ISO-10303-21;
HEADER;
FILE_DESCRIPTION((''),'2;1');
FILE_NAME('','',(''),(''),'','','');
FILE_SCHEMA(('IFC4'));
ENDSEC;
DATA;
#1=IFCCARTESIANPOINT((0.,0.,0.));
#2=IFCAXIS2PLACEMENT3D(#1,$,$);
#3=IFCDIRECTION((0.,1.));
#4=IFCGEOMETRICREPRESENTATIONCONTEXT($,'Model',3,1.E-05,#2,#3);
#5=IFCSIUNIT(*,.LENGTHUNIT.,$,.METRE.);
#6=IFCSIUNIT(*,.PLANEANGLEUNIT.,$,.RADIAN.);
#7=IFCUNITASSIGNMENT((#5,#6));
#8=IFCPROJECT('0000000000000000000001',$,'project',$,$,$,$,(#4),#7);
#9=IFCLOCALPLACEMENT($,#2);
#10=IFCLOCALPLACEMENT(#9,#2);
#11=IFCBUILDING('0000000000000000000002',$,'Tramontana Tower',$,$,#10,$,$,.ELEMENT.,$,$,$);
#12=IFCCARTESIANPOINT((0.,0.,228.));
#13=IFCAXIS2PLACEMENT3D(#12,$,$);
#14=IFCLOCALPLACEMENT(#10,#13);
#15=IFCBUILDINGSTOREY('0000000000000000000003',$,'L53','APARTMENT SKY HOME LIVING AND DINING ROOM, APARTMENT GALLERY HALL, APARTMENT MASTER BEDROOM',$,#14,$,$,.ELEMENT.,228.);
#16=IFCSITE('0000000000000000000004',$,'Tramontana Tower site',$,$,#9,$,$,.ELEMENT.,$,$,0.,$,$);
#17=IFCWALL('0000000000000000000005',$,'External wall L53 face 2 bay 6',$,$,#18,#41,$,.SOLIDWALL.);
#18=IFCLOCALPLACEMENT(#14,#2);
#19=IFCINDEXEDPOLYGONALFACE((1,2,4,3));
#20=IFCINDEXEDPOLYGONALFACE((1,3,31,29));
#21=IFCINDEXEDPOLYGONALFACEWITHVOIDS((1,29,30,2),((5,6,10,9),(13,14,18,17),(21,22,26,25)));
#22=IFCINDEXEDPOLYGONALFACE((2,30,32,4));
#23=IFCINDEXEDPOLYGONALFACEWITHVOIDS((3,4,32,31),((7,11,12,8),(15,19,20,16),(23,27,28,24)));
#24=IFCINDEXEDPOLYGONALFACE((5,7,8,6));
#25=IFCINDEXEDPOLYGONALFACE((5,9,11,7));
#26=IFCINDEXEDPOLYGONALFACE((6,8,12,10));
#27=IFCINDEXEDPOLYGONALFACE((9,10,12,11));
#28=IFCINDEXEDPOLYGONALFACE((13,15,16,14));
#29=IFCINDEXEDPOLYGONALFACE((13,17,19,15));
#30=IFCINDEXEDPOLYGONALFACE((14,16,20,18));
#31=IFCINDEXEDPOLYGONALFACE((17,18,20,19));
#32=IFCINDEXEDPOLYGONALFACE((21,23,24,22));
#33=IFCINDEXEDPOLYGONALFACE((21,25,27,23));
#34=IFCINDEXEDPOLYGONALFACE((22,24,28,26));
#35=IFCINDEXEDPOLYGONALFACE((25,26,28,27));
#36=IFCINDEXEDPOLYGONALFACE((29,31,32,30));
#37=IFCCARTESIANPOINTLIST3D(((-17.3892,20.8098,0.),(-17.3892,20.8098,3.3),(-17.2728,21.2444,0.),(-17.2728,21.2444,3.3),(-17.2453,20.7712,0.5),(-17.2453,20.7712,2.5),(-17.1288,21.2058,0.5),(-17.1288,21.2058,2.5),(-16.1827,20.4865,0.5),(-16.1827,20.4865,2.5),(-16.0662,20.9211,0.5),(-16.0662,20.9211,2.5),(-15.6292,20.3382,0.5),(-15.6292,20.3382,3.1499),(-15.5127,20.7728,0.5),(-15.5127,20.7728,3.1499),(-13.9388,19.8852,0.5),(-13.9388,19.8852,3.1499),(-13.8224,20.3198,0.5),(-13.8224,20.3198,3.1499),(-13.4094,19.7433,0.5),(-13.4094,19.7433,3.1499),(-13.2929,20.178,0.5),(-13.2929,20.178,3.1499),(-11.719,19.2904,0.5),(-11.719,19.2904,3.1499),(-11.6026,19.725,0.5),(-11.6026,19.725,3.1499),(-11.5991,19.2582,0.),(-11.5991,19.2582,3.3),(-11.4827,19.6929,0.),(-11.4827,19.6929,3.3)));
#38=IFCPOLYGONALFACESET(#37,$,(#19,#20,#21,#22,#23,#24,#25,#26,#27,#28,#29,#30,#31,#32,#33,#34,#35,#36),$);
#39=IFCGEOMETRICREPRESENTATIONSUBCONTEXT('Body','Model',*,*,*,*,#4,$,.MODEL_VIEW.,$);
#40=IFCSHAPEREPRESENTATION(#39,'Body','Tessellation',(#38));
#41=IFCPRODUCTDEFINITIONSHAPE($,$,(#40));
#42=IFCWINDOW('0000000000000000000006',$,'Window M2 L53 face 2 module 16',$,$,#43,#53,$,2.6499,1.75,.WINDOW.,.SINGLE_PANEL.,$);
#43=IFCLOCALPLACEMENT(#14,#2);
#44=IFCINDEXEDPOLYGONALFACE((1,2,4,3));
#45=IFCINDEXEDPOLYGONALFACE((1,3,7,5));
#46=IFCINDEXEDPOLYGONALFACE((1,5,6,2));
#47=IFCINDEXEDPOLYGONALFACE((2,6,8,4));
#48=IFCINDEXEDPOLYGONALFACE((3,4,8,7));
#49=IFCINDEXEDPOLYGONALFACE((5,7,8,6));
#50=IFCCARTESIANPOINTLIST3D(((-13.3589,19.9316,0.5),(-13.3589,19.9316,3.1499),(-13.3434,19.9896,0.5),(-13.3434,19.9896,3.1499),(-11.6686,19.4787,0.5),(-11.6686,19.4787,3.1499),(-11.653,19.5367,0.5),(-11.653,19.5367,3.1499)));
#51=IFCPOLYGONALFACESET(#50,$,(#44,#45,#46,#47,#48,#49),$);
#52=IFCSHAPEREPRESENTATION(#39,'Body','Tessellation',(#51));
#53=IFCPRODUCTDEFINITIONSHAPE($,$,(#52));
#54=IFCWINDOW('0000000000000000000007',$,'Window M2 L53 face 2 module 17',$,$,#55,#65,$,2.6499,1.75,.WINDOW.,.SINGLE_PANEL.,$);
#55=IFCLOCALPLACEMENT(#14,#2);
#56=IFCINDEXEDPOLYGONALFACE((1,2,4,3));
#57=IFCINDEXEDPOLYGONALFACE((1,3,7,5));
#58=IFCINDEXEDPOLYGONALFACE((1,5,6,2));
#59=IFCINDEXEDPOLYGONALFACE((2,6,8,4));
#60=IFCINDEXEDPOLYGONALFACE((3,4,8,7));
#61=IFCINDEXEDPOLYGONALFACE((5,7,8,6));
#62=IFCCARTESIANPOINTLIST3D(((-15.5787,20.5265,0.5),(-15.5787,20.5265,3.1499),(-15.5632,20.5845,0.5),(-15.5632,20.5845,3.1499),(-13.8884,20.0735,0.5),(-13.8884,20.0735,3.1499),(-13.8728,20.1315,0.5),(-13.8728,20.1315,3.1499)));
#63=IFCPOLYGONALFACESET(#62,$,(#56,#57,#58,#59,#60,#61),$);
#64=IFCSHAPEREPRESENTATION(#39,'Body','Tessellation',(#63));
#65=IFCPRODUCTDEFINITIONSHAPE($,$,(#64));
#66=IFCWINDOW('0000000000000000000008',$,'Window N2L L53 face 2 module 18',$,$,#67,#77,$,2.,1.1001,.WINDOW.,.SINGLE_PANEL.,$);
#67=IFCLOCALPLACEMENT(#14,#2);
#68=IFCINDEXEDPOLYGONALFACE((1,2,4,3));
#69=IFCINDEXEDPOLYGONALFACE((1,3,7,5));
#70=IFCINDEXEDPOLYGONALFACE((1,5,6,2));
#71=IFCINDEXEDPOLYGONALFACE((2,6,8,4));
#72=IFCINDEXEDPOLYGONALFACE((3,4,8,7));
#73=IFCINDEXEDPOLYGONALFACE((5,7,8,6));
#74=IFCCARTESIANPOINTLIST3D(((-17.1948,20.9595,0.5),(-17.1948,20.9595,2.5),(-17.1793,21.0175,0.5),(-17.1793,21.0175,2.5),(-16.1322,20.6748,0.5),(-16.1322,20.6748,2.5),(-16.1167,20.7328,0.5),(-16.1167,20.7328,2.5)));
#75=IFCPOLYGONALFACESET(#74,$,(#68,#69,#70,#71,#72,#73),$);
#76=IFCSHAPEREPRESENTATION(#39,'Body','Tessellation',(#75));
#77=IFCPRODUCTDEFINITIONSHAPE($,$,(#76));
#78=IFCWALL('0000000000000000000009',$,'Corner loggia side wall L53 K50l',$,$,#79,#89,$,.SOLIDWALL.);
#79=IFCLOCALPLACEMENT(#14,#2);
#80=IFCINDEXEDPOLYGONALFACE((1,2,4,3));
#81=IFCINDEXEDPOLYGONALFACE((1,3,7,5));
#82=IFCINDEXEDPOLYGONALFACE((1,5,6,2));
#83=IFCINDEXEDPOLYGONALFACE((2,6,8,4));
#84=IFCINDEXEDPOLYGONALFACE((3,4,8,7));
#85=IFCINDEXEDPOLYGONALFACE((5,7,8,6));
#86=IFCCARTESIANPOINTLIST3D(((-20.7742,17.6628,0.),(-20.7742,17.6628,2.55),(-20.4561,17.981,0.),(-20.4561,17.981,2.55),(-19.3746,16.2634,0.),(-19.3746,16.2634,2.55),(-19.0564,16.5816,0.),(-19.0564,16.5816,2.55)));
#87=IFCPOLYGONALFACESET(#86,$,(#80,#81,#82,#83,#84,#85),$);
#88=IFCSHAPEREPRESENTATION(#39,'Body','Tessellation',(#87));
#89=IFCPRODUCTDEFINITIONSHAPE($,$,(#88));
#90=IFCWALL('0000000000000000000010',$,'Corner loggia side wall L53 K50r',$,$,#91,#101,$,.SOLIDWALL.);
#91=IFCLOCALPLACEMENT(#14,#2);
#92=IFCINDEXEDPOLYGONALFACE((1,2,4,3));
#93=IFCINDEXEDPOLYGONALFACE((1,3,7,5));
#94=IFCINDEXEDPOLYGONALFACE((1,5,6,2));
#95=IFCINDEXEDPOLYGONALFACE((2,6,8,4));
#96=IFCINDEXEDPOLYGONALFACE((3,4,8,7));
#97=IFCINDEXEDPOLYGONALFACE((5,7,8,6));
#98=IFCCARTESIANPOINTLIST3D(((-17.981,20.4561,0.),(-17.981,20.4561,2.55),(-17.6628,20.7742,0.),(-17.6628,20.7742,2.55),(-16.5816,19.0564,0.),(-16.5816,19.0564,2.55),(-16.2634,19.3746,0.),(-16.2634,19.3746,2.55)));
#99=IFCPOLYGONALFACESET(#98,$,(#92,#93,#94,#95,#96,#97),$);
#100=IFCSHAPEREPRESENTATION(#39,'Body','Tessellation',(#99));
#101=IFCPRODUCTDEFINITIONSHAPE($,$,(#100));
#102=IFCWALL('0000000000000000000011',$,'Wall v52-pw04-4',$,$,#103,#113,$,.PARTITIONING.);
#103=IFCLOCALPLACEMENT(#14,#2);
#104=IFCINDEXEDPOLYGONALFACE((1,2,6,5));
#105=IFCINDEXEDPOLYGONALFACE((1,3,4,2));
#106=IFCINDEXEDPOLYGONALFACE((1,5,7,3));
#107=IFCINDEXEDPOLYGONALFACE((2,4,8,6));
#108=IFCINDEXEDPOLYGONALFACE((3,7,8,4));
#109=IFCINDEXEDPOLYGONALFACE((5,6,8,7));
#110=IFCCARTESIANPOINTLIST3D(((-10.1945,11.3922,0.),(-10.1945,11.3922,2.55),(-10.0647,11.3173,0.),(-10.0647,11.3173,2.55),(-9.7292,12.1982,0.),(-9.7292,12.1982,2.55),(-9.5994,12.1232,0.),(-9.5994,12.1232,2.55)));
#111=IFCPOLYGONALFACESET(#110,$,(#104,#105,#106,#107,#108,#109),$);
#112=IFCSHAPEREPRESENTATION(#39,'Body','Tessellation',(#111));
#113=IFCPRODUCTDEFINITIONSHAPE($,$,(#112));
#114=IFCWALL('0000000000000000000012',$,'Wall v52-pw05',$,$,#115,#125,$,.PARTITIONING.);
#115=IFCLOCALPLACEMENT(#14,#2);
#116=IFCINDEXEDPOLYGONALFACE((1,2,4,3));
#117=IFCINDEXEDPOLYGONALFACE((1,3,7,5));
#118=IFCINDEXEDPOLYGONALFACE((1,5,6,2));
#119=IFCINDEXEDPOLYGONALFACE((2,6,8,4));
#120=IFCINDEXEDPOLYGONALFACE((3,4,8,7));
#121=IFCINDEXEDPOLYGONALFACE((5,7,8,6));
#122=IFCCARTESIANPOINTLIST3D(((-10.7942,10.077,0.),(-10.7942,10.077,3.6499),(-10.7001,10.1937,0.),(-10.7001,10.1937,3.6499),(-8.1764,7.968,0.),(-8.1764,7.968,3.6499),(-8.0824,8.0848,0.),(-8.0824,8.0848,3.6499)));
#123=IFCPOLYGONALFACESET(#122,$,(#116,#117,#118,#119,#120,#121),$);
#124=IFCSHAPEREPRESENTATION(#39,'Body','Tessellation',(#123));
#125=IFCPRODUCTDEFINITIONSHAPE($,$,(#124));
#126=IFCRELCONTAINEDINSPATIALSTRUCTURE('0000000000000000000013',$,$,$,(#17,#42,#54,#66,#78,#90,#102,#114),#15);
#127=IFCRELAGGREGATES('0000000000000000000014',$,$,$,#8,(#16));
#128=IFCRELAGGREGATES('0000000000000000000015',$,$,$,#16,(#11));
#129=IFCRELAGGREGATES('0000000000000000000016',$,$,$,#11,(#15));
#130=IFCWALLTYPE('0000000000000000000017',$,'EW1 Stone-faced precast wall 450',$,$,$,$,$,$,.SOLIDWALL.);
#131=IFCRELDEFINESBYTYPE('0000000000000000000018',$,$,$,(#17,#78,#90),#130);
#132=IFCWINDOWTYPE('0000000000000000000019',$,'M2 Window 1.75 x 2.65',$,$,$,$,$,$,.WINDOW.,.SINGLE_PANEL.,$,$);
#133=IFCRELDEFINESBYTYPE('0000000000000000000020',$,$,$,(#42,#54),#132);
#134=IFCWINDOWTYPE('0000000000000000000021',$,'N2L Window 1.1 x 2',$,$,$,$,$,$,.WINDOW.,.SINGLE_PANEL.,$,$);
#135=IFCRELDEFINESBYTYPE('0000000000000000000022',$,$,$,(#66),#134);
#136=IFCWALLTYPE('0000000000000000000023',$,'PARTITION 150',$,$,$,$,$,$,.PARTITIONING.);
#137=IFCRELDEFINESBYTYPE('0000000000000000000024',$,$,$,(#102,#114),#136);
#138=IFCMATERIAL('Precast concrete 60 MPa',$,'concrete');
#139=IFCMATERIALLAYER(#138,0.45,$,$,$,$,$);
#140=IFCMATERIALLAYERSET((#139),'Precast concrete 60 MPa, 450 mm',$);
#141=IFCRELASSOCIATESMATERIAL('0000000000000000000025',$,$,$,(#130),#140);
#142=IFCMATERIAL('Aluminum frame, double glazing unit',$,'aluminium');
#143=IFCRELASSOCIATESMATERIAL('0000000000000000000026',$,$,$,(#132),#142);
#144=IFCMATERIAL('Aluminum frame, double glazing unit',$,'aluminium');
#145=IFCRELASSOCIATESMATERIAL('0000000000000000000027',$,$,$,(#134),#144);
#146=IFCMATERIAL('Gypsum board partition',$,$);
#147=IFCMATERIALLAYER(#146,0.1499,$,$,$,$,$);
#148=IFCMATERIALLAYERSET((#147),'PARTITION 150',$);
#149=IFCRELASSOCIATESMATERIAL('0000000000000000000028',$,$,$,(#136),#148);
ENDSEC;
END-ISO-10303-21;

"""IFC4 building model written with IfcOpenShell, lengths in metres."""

from ifc_helpers import new_model, si_unit, direction, frame, frame_2d, origin, place, context, subcontext, project, spatial, rectangle, extrude, material, layer, layer_set, type_object, element, fill, save


model = new_model("IFC4")

# Units and contexts
model_context = context("Model", 3, precision=1e-05, world=origin(), true_north=direction((0.0, 1.0)))
body_context = subcontext(model_context, "Body", "Model", "MODEL_VIEW")
ifc_project = project(units=[si_unit("LENGTHUNIT", "METRE"), si_unit("PLANEANGLEUNIT", "RADIAN")], contexts=[model_context])

# Site, building, storey
site_placement = place(None, origin())
site = spatial("IfcSite", under=ifc_project, at=site_placement, Name="Tramontana Tower site", CompositionType="ELEMENT", RefElevation=0.0)
building_placement = place(site_placement, origin())
building = spatial("IfcBuilding", under=site, at=building_placement, Name="Tramontana Tower", CompositionType="ELEMENT")
storey_placement = place(building_placement, frame((0.0, 0.0, 228.0)))
storey = spatial("IfcBuildingStorey", under=building, at=storey_placement, Name="L53", Description="APARTMENT SKY HOME LIVING AND DINING ROOM, APARTMENT GALLERY HALL, APARTMENT MASTER BEDROOM", CompositionType="ELEMENT", Elevation=228.0)

# Shared definitions
ifc_material_1 = material(Name="Precast concrete 60 MPa", Category="concrete")
ifc_layer_1 = layer(ifc_material_1, 0.45)
ifc_layer_set_1 = layer_set([ifc_layer_1], Name="Precast concrete 60 MPa, 450 mm")
wall_type_1 = type_object("IfcWallType", Name="EW1 Stone-faced precast wall 450", PredefinedType="SOLIDWALL", material=ifc_layer_set_1)
ifc_material_2 = material(Name="Aluminum frame, double glazing unit", Category="aluminium")
window_type_1 = type_object("IfcWindowType", Name="M2 Window 1.75 x 2.65", PartitioningType="SINGLE_PANEL", PredefinedType="WINDOW", material=ifc_material_2)
ifc_material_3 = material(Name="Aluminum frame, double glazing unit", Category="aluminium")
window_type_2 = type_object("IfcWindowType", Name="N2L Window 1.1 x 2", PartitioningType="SINGLE_PANEL", PredefinedType="WINDOW", material=ifc_material_3)

# Wall, openings, windows
wall_1_placement = place(storey_placement, frame((-11.541, 19.4756, 0.0), z_axis=(0.0, 0.0, 1.0), x_axis=(-0.965923, 0.258831, 0.0)))
wall_1 = element("IfcWall", 1, at=wall_1_placement, inside=storey, type_object=wall_type_1, Name="External wall L53 face 2 bay 6", PredefinedType="SOLIDWALL", context=body_context, shape_type="SweptSolid", body=[
    extrude(rectangle(XDim=5.9944, YDim=0.45, at=frame_2d((2.9971, 0.0))), origin(), (0.0, 0.0, 1.0), 3.3),
])
opening_1_placement = place(wall_1_placement, frame((0.124, 0.0, 0.5)))
opening_1 = element("IfcOpeningElement", 2, at=opening_1_placement, cuts=wall_1, PredefinedType="OPENING", context=body_context, shape_type="SweptSolid", body=[
    extrude(rectangle(XDim=1.75, YDim=2.6499, at=frame_2d((0.875, 1.325))), frame((0.0, 0.2349, 0.0), z_axis=(0.0, -1.0, 0.0), x_axis=(1.0, 0.0, 0.0)), (0.0, 0.0, 1.0), 0.47),
])
opening_2_placement = place(wall_1_placement, frame((2.4221, 0.0, 0.5)))
opening_2 = element("IfcOpeningElement", 3, at=opening_2_placement, cuts=wall_1, PredefinedType="OPENING", context=body_context, shape_type="SweptSolid", body=[
    extrude(rectangle(XDim=1.75, YDim=2.6499, at=frame_2d((0.875, 1.325))), frame((0.0, 0.2349, 0.0), z_axis=(0.0, -1.0, 0.0), x_axis=(1.0, 0.0, 0.0)), (0.0, 0.0, 1.0), 0.47),
])
opening_3_placement = place(wall_1_placement, frame((4.7451, 0.0, 0.5)))
opening_3 = element("IfcOpeningElement", 4, at=opening_3_placement, cuts=wall_1, PredefinedType="OPENING", context=body_context, shape_type="SweptSolid", body=[
    extrude(rectangle(XDim=1.1001, YDim=2.0, at=frame_2d((0.55, 1.0))), frame((0.0, 0.2349, 0.0), z_axis=(0.0, -1.0, 0.0), x_axis=(1.0, 0.0, 0.0)), (0.0, 0.0, 1.0), 0.47),
])
window_1_placement = place(opening_1_placement, origin())
window_1 = element("IfcWindow", 5, at=window_1_placement, inside=storey, type_object=window_type_1, Name="Window M2 L53 face 2 module 16", OverallHeight=2.6499, OverallWidth=1.75, PartitioningType="SINGLE_PANEL", PredefinedType="WINDOW", context=body_context, shape_type="SweptSolid", body=[
    extrude(rectangle(XDim=1.75, YDim=2.6499, at=frame_2d((0.875, 1.325))), frame((0.0, 0.03, 0.0), z_axis=(0.0, -1.0, 0.0), x_axis=(1.0, 0.0, 0.0)), (0.0, 0.0, 1.0), 0.0601),
])
fill(opening_1, window_1)
window_2_placement = place(opening_2_placement, origin())
window_2 = element("IfcWindow", 6, at=window_2_placement, inside=storey, type_object=window_type_1, Name="Window M2 L53 face 2 module 17", OverallHeight=2.6499, OverallWidth=1.75, PartitioningType="SINGLE_PANEL", PredefinedType="WINDOW", context=body_context, shape_type="SweptSolid", body=[
    extrude(rectangle(XDim=1.75, YDim=2.6499, at=frame_2d((0.875, 1.325))), frame((0.0, 0.03, 0.0), z_axis=(0.0, -1.0, 0.0), x_axis=(1.0, 0.0, 0.0)), (0.0, 0.0, 1.0), 0.0601),
])
fill(opening_2, window_2)
window_3_placement = place(opening_3_placement, origin())
window_3 = element("IfcWindow", 7, at=window_3_placement, inside=storey, type_object=window_type_2, Name="Window N2L L53 face 2 module 18", OverallHeight=2.0, OverallWidth=1.1001, PartitioningType="SINGLE_PANEL", PredefinedType="WINDOW", context=body_context, shape_type="SweptSolid", body=[
    extrude(rectangle(XDim=1.1001, YDim=2.0, at=frame_2d((0.55, 1.0))), frame((0.0, 0.03, 0.0), z_axis=(0.0, -1.0, 0.0), x_axis=(1.0, 0.0, 0.0)), (0.0, 0.0, 1.0), 0.0601),
])
fill(opening_3, window_3)

# Walls
for number, where, z_axis, x_axis, name in (
    (8, (-20.6152, 17.822, 0.0), (0.0, 0.0, 1.0), (0.707168, -0.707045, 0.0), "Corner loggia side wall L53 K50l"),
    (9, (-17.822, 20.6152, 0.0), (0.0, 0.0, 1.0), (0.707045, -0.707168, 0.0), "Corner loggia side wall L53 K50r"),
):
    element("IfcWall", number, at=place(storey_placement, frame(where, z_axis=z_axis, x_axis=x_axis)), inside=storey, type_object=wall_type_1, Name=name, PredefinedType="SOLIDWALL", context=body_context, shape_type="SweptSolid", body=[
        extrude(rectangle(XDim=1.9792, YDim=0.45, at=frame_2d((0.9897, 0.0))), origin(), (0.0, 0.0, 1.0), 2.55),
    ])

# Walls
ifc_material_4 = material(Name="Gypsum board partition")
ifc_layer_2 = layer(ifc_material_4, 0.1499)
ifc_layer_set_2 = layer_set([ifc_layer_2], Name="PARTITION 150")
wall_type_2 = type_object("IfcWallType", Name="PARTITION 150", PredefinedType="PARTITIONING", material=ifc_layer_set_2)
wall_2_placement = place(storey_placement, frame((-10.1296, 11.3547, 0.0), z_axis=(0.0, 0.0, 1.0), x_axis=(0.500033, 0.866006, 0.0)))
element("IfcWall", 10, at=wall_2_placement, inside=storey, type_object=wall_type_2, Name="Wall v52-pw04-4", PredefinedType="PARTITIONING", context=body_context, shape_type="SweptSolid", body=[
    extrude(rectangle(XDim=0.9307, YDim=0.1499, at=frame_2d((0.4653, 0.0))), origin(), (0.0, 0.0, 1.0), 2.55),
])
wall_3_placement = place(storey_placement, frame((-10.7471, 10.1353, 0.0), z_axis=(0.0, 0.0, 1.0), x_axis=(0.778724, -0.627366, 0.0)))
element("IfcWall", 11, at=wall_3_placement, inside=storey, type_object=wall_type_2, Name="Wall v52-pw05", PredefinedType="PARTITIONING", context=body_context, shape_type="SweptSolid", body=[
    extrude(rectangle(XDim=3.3616, YDim=0.1499, at=frame_2d((1.6807, 0.0))), origin(), (0.0, 0.0, 1.0), 3.6499),
])

save(model, "model.ifc")
